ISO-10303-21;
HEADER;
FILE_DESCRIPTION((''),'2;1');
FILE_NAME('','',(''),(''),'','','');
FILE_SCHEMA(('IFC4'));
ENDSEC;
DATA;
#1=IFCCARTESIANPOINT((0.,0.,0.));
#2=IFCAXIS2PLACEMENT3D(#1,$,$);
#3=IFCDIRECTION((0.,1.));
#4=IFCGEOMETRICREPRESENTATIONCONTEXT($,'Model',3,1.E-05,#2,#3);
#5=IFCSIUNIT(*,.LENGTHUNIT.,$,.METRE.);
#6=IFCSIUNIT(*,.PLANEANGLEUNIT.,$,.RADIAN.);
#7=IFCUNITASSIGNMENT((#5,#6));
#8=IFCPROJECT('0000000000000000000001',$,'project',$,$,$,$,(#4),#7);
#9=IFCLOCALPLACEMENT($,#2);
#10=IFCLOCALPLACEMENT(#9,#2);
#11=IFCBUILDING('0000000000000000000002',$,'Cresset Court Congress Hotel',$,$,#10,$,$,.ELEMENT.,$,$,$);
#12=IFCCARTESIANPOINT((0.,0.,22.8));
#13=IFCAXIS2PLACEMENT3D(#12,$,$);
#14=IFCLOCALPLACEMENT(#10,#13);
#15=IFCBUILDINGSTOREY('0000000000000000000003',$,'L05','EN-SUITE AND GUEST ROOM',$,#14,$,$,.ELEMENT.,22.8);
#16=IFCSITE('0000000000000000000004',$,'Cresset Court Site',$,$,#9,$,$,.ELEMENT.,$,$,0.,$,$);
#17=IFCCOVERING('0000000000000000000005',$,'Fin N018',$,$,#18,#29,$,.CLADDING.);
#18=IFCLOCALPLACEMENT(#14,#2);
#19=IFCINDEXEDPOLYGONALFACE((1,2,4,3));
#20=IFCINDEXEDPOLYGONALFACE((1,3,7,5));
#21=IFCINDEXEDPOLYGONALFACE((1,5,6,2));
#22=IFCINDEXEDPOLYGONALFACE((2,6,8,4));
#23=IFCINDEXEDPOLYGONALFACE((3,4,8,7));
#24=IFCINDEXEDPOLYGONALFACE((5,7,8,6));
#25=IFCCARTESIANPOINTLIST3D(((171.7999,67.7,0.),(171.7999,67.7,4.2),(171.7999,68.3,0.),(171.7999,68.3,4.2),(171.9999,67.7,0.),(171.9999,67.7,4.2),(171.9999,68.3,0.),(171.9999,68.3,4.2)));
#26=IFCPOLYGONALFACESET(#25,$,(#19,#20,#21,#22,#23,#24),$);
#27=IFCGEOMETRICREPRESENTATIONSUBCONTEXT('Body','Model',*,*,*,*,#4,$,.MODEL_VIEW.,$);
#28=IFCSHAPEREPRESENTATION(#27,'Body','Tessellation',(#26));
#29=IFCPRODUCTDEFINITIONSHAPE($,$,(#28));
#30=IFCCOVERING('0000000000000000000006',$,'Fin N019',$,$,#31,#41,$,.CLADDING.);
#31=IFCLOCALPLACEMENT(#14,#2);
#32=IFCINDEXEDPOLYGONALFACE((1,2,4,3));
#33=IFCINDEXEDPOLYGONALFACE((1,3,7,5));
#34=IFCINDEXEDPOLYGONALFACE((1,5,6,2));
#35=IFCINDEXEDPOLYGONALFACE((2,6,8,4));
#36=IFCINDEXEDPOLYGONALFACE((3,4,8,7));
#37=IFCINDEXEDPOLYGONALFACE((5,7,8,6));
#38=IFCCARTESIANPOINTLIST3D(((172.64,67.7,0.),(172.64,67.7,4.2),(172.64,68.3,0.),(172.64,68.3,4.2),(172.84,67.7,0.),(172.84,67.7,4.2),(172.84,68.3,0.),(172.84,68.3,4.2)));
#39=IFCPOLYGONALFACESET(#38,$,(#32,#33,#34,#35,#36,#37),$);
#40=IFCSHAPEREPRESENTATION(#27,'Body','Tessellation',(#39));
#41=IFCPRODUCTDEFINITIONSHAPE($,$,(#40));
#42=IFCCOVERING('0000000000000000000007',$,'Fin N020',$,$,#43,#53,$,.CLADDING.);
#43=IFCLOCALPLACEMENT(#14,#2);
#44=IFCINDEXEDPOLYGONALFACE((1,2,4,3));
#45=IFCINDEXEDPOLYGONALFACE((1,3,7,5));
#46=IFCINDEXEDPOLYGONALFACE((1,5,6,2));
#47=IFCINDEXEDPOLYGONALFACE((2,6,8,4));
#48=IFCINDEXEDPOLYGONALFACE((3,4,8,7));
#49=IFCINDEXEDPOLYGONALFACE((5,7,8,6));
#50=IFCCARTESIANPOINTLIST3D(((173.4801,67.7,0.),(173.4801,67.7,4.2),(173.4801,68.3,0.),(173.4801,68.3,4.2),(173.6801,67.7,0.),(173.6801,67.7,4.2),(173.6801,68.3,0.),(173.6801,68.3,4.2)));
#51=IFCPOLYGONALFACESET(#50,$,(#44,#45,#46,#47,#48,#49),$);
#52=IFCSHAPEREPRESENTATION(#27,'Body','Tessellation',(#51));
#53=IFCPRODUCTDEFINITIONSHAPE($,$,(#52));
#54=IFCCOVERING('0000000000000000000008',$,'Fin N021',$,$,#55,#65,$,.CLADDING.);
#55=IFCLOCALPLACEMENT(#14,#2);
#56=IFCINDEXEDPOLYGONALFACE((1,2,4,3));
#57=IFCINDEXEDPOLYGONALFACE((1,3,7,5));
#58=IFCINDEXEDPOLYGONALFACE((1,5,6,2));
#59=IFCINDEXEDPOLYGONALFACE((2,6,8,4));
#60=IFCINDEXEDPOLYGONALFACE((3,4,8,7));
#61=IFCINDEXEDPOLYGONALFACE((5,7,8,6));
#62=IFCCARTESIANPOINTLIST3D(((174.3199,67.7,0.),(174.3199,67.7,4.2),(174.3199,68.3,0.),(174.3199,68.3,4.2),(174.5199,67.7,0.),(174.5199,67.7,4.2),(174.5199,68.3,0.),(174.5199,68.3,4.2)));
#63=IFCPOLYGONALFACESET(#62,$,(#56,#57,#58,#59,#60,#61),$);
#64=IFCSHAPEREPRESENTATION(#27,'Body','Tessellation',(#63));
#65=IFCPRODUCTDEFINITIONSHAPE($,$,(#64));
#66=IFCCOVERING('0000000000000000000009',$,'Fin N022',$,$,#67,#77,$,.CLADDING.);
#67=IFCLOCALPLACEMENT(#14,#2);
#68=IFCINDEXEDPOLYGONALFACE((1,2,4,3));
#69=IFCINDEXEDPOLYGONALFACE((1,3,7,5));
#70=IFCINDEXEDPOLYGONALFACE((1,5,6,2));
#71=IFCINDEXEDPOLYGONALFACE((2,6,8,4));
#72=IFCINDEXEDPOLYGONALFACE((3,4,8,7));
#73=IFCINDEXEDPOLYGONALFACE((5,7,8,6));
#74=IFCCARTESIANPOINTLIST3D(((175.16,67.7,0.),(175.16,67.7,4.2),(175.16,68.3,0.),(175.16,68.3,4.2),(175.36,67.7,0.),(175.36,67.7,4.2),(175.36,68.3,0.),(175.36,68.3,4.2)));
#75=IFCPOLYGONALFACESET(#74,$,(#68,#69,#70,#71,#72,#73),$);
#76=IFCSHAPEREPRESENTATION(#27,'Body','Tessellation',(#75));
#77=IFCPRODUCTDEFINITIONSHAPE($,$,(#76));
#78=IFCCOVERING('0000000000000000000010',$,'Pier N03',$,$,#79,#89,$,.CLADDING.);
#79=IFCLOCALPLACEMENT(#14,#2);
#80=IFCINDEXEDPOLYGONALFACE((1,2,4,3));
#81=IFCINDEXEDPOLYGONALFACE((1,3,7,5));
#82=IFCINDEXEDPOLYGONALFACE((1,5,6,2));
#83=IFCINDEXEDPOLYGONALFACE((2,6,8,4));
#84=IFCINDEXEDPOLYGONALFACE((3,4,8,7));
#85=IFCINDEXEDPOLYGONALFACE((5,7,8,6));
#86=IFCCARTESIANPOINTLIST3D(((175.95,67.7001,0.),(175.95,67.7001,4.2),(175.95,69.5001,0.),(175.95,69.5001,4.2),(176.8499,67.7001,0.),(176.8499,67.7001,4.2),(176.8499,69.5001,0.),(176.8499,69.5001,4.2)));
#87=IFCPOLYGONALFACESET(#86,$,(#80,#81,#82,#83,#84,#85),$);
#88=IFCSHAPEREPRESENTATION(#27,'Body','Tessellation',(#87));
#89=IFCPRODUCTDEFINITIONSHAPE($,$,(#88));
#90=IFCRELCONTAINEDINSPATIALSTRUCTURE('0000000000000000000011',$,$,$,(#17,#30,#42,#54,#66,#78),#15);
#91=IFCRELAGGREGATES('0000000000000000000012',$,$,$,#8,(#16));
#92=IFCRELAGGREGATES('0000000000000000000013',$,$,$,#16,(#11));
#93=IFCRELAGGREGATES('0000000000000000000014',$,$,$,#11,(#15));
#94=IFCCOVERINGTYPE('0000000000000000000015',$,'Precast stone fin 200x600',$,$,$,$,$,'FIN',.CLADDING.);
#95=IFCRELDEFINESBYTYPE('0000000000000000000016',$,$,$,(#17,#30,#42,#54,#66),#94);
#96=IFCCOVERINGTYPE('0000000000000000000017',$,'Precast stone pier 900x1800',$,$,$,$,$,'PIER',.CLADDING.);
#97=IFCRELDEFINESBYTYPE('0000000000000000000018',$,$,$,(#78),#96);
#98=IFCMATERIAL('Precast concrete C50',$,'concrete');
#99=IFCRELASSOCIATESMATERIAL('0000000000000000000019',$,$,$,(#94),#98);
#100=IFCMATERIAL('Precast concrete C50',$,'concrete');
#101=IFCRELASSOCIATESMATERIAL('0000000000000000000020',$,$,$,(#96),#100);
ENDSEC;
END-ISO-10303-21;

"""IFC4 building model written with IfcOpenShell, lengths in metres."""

from ifc_helpers import new_model, si_unit, direction, frame, origin, origin_2d, place, context, subcontext, project, spatial, rectangle, extrude, material, type_object, element, save


model = new_model("IFC4")

# Units and contexts
model_context = context("Model", 3, precision=1e-05, world=origin(), true_north=direction((0.0, 1.0)))
body_context = subcontext(model_context, "Body", "Model", "MODEL_VIEW")
ifc_project = project(units=[si_unit("LENGTHUNIT", "METRE"), si_unit("PLANEANGLEUNIT", "RADIAN")], contexts=[model_context])

# Site, building, storey
site_placement = place(None, origin())
site = spatial("IfcSite", under=ifc_project, at=site_placement, Name="Cresset Court Site", CompositionType="ELEMENT", RefElevation=0.0)
building_placement = place(site_placement, origin())
building = spatial("IfcBuilding", under=site, at=building_placement, Name="Cresset Court Congress Hotel", CompositionType="ELEMENT")
storey_placement = place(building_placement, frame((0.0, 0.0, 22.8)))
storey = spatial("IfcBuildingStorey", under=building, at=storey_placement, Name="L05", Description="EN-SUITE AND GUEST ROOM", CompositionType="ELEMENT", Elevation=22.8)

# Coverings
ifc_material_1 = material(Name="Precast concrete C50", Category="concrete")
covering_type_1 = type_object("IfcCoveringType", Name="Precast stone fin 200x600", ElementType="FIN", PredefinedType="CLADDING", material=ifc_material_1)
for number, where, z_axis, x_axis, name in (
    (1, (171.8999, 68.0, 0.0), (0.0, 0.0, 1.0), (1.0, 0.0, 0.0), "Fin N018"),
    (2, (172.74, 68.0, 0.0), (0.0, 0.0, 1.0), (1.0, 0.0, 0.0), "Fin N019"),
    (3, (173.5801, 68.0, 0.0), (0.0, 0.0, 1.0), (1.0, 0.0, 0.0), "Fin N020"),
    (4, (174.4199, 68.0, 0.0), (0.0, 0.0, 1.0), (1.0, 0.0, 0.0), "Fin N021"),
    (5, (175.26, 68.0, 0.0), (0.0, 0.0, 1.0), (1.0, 0.0, 0.0), "Fin N022"),
):
    element("IfcCovering", number, at=place(storey_placement, frame(where, z_axis=z_axis, x_axis=x_axis)), inside=storey, type_object=covering_type_1, Name=name, PredefinedType="CLADDING", context=body_context, shape_type="SweptSolid", body=[
        extrude(rectangle(XDim=0.2, YDim=0.6001, at=origin_2d()), origin(), (0.0, 0.0, 1.0), 4.2),
    ])
ifc_material_2 = material(Name="Precast concrete C50", Category="concrete")
covering_type_2 = type_object("IfcCoveringType", Name="Precast stone pier 900x1800", ElementType="PIER", PredefinedType="CLADDING", material=ifc_material_2)
covering_placement = place(storey_placement, frame((176.3999, 68.6001, 0.0), z_axis=(0.0, 0.0, 1.0), x_axis=(1.0, 0.0, 0.0)))
element("IfcCovering", 6, at=covering_placement, inside=storey, type_object=covering_type_2, Name="Pier N03", PredefinedType="CLADDING", context=body_context, shape_type="SweptSolid", body=[
    extrude(rectangle(XDim=0.8999, YDim=1.8, at=origin_2d()), origin(), (0.0, 0.0, 1.0), 4.2),
])

save(model, "model.ifc")
